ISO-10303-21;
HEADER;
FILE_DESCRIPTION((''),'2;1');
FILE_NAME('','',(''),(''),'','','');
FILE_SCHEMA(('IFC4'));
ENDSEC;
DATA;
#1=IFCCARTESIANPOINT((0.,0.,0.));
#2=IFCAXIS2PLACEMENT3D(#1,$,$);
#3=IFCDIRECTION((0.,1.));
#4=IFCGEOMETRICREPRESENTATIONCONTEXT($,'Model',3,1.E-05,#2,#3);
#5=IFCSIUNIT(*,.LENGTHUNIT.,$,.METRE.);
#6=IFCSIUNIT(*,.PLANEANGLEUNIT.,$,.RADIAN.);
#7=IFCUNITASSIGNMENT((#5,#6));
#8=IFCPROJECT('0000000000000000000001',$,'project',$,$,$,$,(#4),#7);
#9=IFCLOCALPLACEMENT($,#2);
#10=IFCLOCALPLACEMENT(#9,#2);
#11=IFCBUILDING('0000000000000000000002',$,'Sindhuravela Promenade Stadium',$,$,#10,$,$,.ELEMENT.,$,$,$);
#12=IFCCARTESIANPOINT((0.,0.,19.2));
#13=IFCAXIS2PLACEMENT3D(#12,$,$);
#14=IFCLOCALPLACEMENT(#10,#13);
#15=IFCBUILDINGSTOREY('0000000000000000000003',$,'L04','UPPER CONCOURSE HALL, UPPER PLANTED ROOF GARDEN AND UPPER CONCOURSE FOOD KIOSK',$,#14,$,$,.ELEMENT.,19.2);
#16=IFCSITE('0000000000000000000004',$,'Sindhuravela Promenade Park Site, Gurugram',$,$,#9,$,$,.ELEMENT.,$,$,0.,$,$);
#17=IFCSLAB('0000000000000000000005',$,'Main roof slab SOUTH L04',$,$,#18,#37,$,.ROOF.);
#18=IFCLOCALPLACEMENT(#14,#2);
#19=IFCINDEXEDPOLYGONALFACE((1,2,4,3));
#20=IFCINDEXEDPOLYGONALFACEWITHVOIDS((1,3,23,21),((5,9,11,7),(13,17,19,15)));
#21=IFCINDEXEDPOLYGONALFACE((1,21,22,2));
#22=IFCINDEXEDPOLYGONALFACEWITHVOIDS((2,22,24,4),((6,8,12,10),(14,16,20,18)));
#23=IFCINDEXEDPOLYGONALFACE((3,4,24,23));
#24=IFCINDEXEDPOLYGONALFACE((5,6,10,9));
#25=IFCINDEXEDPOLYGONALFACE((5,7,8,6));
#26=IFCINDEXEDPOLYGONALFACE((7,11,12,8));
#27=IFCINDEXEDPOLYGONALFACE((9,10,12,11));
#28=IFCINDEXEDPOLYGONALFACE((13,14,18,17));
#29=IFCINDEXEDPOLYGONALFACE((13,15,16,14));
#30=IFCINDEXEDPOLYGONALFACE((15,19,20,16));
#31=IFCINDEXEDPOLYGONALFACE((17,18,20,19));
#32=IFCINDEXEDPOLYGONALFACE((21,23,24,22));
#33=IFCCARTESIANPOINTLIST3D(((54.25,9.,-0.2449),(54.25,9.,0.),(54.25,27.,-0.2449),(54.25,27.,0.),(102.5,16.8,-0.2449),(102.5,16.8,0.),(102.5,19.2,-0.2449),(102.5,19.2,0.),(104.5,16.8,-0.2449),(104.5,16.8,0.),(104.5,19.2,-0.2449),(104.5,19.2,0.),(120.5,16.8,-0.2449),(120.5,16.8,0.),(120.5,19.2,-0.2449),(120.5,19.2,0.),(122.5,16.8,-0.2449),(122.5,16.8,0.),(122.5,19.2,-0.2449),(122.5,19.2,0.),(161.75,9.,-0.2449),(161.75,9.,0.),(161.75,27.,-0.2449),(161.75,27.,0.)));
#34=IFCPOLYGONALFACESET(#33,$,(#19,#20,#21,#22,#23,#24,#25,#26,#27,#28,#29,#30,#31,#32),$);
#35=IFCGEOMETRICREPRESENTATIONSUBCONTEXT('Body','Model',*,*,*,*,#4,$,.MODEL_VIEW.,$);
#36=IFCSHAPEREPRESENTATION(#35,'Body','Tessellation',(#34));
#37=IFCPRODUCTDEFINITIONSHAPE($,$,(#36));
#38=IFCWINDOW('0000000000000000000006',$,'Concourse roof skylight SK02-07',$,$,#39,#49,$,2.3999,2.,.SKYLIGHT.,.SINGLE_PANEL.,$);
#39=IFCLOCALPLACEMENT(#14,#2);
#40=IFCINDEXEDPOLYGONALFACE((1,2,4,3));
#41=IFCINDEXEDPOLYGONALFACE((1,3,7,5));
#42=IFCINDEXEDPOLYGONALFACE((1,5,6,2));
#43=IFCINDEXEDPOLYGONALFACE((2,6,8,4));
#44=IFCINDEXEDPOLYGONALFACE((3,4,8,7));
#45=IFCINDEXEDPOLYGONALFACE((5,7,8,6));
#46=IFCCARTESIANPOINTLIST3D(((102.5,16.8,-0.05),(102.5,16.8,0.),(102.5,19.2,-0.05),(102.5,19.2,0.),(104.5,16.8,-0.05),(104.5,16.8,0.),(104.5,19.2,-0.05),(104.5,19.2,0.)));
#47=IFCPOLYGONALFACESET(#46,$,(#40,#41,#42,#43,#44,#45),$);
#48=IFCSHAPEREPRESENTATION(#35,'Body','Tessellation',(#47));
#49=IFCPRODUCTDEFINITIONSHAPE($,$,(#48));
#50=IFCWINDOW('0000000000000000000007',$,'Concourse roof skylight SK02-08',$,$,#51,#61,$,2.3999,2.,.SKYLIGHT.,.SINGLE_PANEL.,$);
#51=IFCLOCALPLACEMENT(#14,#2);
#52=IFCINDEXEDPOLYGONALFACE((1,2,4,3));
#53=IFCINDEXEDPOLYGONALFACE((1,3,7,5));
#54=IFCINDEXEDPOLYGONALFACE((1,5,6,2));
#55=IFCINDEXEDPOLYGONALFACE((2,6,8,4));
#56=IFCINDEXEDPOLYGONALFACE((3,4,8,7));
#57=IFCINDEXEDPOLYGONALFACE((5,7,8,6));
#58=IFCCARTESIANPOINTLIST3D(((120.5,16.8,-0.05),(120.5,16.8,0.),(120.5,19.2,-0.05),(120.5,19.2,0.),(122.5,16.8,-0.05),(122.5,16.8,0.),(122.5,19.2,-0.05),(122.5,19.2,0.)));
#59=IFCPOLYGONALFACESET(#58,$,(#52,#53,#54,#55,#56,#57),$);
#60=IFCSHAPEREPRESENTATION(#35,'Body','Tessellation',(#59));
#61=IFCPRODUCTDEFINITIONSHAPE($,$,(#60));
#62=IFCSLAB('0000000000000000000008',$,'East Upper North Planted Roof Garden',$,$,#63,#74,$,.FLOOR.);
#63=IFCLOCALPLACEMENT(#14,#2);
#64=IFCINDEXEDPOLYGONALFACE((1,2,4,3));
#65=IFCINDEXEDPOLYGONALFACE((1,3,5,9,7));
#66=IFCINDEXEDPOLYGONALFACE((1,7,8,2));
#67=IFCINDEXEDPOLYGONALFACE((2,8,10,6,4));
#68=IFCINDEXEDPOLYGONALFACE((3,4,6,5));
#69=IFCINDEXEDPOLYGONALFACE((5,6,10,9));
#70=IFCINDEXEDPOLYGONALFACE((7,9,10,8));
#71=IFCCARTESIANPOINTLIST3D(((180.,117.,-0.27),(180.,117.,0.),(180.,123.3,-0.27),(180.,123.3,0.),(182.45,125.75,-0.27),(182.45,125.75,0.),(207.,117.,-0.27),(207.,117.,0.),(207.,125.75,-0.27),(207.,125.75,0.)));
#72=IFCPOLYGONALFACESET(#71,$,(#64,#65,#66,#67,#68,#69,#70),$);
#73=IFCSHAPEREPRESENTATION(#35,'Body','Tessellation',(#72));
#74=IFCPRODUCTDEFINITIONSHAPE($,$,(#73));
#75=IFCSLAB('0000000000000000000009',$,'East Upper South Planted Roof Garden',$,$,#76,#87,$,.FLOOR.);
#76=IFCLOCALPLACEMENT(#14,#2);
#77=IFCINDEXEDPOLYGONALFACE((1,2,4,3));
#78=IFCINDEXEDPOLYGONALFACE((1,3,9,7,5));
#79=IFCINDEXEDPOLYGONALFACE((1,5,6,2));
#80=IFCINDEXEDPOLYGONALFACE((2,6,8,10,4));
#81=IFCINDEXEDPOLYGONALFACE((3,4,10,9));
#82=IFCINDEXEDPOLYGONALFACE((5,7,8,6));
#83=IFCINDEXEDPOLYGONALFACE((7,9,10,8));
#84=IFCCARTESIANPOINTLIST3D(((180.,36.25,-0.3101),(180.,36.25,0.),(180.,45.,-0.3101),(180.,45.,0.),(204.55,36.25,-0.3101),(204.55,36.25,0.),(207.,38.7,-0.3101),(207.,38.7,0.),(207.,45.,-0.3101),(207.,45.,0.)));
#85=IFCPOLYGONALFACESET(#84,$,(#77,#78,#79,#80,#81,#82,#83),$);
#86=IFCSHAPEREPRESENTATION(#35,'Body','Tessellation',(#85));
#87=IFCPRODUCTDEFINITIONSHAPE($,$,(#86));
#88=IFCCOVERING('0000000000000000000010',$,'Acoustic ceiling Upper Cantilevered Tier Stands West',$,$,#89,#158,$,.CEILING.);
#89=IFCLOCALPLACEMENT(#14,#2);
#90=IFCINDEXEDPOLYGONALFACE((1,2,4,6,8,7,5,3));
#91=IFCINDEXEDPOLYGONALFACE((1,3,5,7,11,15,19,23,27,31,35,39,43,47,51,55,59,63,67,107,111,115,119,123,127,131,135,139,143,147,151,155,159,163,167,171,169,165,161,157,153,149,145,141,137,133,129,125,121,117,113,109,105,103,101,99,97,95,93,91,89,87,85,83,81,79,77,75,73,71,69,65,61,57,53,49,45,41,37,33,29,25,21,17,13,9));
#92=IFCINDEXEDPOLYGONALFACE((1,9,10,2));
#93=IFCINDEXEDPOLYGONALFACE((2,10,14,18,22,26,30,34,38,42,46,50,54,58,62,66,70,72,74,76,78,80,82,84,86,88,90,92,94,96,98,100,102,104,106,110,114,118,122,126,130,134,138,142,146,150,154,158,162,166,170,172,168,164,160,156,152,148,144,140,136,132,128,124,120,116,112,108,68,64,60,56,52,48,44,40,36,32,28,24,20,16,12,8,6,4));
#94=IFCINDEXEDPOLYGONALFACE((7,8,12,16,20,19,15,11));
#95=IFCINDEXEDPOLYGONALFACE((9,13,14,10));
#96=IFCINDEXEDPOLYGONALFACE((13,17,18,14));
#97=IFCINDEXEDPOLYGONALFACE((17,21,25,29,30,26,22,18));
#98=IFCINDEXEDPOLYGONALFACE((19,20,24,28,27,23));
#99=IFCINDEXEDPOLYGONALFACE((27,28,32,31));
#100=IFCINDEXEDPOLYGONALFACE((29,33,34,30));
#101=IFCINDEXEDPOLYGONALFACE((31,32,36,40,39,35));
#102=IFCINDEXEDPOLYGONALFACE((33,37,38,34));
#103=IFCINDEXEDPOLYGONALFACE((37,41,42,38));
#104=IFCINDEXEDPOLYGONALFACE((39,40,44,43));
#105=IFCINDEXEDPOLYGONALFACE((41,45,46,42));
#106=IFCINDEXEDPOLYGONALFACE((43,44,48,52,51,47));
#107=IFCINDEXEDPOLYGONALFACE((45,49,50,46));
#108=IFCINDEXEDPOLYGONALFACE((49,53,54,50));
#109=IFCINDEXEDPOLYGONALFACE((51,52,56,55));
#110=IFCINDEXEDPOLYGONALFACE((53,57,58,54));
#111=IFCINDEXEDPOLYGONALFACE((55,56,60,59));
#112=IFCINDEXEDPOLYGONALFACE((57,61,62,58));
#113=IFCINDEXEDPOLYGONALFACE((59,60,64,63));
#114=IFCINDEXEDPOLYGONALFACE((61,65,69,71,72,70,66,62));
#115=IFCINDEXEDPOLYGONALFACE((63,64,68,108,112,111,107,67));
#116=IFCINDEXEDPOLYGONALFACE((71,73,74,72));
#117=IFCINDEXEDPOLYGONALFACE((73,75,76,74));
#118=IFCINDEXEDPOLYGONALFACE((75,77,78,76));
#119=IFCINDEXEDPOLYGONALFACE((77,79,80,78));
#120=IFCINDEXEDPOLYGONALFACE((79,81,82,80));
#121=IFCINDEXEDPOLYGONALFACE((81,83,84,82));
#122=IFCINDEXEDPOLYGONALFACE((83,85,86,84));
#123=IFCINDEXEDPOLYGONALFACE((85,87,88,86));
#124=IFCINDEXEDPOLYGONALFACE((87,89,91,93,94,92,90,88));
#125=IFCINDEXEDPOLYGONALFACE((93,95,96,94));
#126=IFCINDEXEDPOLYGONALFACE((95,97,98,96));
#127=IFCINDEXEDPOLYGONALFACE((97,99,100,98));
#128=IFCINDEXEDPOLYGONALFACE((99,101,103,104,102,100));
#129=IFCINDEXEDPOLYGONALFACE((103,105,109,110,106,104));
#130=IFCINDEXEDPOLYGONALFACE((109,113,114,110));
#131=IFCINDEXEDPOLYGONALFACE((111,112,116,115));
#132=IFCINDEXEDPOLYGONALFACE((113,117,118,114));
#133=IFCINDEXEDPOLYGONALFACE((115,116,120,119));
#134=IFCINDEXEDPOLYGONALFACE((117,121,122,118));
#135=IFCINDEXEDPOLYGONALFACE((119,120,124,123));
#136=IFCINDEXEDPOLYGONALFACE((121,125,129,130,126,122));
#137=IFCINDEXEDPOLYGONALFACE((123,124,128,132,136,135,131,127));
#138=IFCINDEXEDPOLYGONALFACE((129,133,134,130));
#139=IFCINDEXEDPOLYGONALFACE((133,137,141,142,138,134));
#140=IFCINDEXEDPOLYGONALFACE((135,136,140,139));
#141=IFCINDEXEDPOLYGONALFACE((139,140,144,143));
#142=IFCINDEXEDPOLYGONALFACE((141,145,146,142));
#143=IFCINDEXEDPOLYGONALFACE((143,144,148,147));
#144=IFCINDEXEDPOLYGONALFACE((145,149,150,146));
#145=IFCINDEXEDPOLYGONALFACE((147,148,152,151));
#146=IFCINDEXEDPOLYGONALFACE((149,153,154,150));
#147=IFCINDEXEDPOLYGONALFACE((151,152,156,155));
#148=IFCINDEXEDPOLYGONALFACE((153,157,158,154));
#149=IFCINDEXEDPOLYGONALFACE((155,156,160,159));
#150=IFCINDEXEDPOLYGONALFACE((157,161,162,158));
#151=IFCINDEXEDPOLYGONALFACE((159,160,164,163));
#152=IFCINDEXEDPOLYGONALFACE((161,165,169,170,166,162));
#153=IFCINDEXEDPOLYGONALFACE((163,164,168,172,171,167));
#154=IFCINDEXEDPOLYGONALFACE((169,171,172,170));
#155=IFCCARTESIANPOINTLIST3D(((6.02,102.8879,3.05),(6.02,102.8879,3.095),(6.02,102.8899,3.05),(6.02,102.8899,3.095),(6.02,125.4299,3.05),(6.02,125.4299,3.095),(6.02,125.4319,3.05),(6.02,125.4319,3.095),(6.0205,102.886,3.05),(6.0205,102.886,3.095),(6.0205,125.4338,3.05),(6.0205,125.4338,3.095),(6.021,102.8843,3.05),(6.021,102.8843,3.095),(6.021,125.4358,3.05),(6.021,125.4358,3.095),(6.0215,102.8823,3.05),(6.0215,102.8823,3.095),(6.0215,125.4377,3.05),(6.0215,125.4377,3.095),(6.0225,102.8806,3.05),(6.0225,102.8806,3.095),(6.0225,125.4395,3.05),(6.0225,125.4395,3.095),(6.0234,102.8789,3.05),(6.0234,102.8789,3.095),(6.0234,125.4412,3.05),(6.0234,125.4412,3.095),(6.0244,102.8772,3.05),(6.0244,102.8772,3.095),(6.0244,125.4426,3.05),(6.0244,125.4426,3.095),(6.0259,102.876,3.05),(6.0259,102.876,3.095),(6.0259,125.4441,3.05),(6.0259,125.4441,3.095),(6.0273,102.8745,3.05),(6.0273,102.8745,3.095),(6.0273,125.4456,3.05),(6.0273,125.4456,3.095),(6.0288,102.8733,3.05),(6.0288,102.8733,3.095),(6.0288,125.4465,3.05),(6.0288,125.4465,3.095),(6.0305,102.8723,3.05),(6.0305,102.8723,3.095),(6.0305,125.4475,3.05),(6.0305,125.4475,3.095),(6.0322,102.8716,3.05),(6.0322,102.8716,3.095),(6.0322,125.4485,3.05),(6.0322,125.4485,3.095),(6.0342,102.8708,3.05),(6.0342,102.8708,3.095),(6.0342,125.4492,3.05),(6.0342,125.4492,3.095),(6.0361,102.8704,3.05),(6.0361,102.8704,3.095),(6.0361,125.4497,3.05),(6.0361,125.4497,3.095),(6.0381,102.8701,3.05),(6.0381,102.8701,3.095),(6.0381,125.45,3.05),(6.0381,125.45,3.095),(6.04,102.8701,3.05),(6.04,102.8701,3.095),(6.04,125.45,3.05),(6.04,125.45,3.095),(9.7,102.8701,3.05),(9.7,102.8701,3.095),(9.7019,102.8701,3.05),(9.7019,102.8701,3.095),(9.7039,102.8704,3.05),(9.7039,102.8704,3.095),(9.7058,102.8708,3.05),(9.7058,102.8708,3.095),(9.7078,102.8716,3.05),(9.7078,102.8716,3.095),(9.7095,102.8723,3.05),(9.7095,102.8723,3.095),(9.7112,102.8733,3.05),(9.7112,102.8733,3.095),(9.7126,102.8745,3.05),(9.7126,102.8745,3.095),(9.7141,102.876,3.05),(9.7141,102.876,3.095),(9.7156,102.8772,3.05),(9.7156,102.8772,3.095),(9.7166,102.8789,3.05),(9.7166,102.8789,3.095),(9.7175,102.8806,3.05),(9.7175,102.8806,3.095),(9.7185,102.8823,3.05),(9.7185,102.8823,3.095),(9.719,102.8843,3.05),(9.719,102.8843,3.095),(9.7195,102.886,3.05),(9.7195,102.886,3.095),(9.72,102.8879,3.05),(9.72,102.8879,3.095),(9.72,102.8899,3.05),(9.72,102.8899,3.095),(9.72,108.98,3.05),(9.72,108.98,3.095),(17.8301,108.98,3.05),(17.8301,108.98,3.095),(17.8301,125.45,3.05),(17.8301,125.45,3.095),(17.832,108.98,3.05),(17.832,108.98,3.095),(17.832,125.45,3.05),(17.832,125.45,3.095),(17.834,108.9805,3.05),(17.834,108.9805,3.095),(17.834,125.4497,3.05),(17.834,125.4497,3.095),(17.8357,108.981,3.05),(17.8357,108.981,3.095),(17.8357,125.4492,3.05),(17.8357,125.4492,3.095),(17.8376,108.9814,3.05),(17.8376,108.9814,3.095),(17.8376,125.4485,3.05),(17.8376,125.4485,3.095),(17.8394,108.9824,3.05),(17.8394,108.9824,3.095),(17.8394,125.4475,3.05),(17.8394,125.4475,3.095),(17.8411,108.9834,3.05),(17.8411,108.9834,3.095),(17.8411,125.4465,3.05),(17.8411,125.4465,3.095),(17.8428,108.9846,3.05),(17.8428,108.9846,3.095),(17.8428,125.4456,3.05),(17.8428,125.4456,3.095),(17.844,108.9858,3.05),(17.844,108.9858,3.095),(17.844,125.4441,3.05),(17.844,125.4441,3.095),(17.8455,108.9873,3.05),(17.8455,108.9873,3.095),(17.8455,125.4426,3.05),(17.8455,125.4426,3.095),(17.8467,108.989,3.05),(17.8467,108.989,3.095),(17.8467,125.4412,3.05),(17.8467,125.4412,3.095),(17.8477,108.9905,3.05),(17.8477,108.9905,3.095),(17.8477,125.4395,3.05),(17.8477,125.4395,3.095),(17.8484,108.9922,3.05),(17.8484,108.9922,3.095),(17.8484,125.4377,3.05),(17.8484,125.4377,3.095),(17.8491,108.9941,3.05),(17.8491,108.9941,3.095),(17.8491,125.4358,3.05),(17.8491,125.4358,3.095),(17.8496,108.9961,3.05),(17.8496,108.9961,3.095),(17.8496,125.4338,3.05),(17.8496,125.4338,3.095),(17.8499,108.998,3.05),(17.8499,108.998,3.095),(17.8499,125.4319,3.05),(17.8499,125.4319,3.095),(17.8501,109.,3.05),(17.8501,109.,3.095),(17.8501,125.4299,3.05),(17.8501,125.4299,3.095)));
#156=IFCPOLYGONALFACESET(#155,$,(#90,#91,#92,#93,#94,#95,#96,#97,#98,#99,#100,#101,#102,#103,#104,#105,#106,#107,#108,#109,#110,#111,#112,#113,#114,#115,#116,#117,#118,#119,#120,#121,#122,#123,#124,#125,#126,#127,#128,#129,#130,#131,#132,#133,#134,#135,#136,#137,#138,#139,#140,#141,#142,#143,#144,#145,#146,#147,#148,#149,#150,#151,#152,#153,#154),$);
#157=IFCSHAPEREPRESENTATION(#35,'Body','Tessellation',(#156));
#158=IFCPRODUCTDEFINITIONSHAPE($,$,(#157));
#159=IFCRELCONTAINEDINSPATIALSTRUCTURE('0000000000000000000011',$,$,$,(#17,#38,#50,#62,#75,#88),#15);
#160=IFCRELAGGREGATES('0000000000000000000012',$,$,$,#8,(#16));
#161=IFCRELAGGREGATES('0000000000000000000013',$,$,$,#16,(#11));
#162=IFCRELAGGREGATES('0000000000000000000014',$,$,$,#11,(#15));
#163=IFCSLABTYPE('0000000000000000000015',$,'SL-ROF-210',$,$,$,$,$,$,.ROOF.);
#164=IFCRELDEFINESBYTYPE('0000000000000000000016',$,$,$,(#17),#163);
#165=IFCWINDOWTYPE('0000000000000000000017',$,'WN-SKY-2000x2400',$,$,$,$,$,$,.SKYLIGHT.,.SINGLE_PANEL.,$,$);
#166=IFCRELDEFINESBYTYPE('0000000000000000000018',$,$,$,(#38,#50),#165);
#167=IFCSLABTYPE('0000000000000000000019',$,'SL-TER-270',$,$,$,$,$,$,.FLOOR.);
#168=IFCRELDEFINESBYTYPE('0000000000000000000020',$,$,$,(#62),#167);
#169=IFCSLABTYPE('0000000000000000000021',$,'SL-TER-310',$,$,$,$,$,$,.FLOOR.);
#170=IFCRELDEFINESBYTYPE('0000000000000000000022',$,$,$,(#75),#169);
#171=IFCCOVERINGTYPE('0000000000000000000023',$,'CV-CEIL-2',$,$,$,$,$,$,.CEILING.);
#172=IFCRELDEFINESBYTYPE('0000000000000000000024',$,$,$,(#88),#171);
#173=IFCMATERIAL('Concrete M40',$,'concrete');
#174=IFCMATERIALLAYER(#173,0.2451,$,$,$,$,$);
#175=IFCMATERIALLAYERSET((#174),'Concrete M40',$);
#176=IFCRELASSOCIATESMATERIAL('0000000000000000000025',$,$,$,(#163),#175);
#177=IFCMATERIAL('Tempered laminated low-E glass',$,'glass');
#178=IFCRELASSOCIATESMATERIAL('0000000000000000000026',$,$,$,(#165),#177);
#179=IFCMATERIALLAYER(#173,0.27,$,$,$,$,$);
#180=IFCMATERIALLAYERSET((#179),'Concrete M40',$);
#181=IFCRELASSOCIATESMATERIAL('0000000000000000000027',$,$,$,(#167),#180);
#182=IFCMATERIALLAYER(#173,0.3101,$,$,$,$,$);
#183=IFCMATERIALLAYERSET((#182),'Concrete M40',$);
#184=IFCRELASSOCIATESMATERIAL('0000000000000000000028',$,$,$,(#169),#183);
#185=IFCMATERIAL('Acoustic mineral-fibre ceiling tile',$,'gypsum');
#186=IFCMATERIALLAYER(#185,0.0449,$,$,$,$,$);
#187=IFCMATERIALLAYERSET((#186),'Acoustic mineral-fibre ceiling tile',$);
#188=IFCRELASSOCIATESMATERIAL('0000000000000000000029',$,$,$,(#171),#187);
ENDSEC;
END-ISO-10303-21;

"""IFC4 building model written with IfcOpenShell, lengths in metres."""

from ifc_helpers import new_model, si_unit, direction, frame, origin, origin_2d, place, context, subcontext, project, spatial, polyline, rectangle, outline, extrude, material, layer, layer_set, type_object, element, fill, save


model = new_model("IFC4")

# Units and contexts
model_context = context("Model", 3, precision=1e-05, world=origin(), true_north=direction((0.0, 1.0)))
body_context = subcontext(model_context, "Body", "Model", "MODEL_VIEW")
ifc_project = project(units=[si_unit("LENGTHUNIT", "METRE"), si_unit("PLANEANGLEUNIT", "RADIAN")], contexts=[model_context])

# Site, building, storey
site_placement = place(None, origin())
site = spatial("IfcSite", under=ifc_project, at=site_placement, Name="Sindhuravela Promenade Park Site, Gurugram", CompositionType="ELEMENT", RefElevation=0.0)
building_placement = place(site_placement, origin())
building = spatial("IfcBuilding", under=site, at=building_placement, Name="Sindhuravela Promenade Stadium", CompositionType="ELEMENT")
storey_placement = place(building_placement, frame((0.0, 0.0, 19.2)))
storey = spatial("IfcBuildingStorey", under=building, at=storey_placement, Name="L04", Description="UPPER CONCOURSE HALL, UPPER PLANTED ROOF GARDEN AND UPPER CONCOURSE FOOD KIOSK", CompositionType="ELEMENT", Elevation=19.2)

# Shared definitions
ifc_material_1 = material(Name="Concrete M40", Category="concrete")

# Slab, openings, windows
ifc_layer_1 = layer(ifc_material_1, 0.2451)
ifc_layer_set_1 = layer_set([ifc_layer_1], Name="Concrete M40")
slab_type_1 = type_object("IfcSlabType", Name="SL-ROF-210", PredefinedType="ROOF", material=ifc_layer_set_1)
ifc_material_2 = material(Name="Tempered laminated low-E glass", Category="glass")
window_type = type_object("IfcWindowType", Name="WN-SKY-2000x2400", PartitioningType="SINGLE_PANEL", PredefinedType="SKYLIGHT", material=ifc_material_2)
slab_1_placement = place(storey_placement, frame((0.0, 0.0, -0.2449)))
slab_1 = element("IfcSlab", 1, at=slab_1_placement, inside=storey, type_object=slab_type_1, Name="Main roof slab SOUTH L04", PredefinedType="ROOF", context=body_context, shape_type="SweptSolid", body=[
    extrude(outline(polyline([(161.75, 27.0), (161.75, 9.0), (54.25, 9.0), (54.25, 27.0), (161.75, 27.0)])), origin(), (0.0, 0.0, 1.0), 0.2449),
])
opening_1_placement = place(slab_1_placement, frame((103.5, 18.0, -0.01)))
opening_1 = element("IfcOpeningElement", 2, at=opening_1_placement, cuts=slab_1, PredefinedType="OPENING", context=body_context, shape_type="SweptSolid", body=[
    extrude(rectangle(XDim=2.0, YDim=2.3999, at=origin_2d()), origin(), (0.0, 0.0, 1.0), 0.2649),
])
opening_2_placement = place(slab_1_placement, frame((121.5, 18.0, -0.01)))
opening_2 = element("IfcOpeningElement", 3, at=opening_2_placement, cuts=slab_1, PredefinedType="OPENING", context=body_context, shape_type="SweptSolid", body=[
    extrude(rectangle(XDim=2.0, YDim=2.3999, at=origin_2d()), origin(), (0.0, 0.0, 1.0), 0.2649),
])
window_1_placement = place(slab_1_placement, frame((103.5, 18.0, 0.1948)))
window_1 = element("IfcWindow", 4, at=window_1_placement, inside=storey, type_object=window_type, Name="Concourse roof skylight SK02-07", OverallHeight=2.3999, OverallWidth=2.0, PartitioningType="SINGLE_PANEL", PredefinedType="SKYLIGHT", context=body_context, shape_type="SweptSolid", body=[
    extrude(rectangle(XDim=2.0, YDim=2.3999, at=origin_2d()), origin(), (0.0, 0.0, 1.0), 0.05),
])
fill(opening_1, window_1)
window_2_placement = place(slab_1_placement, frame((121.5, 18.0, 0.1948)))
window_2 = element("IfcWindow", 5, at=window_2_placement, inside=storey, type_object=window_type, Name="Concourse roof skylight SK02-08", OverallHeight=2.3999, OverallWidth=2.0, PartitioningType="SINGLE_PANEL", PredefinedType="SKYLIGHT", context=body_context, shape_type="SweptSolid", body=[
    extrude(rectangle(XDim=2.0, YDim=2.3999, at=origin_2d()), origin(), (0.0, 0.0, 1.0), 0.05),
])
fill(opening_2, window_2)

# Slabs
ifc_layer_2 = layer(ifc_material_1, 0.27)
ifc_layer_set_2 = layer_set([ifc_layer_2], Name="Concrete M40")
slab_type_2 = type_object("IfcSlabType", Name="SL-TER-270", PredefinedType="FLOOR", material=ifc_layer_set_2)
slab_2_placement = place(storey_placement, frame((0.0, 0.0, -0.27)))
element("IfcSlab", 6, at=slab_2_placement, inside=storey, type_object=slab_type_2, Name="East Upper North Planted Roof Garden", PredefinedType="FLOOR", context=body_context, shape_type="SweptSolid", body=[
    extrude(outline(polyline([(180.0, 117.0), (207.0, 117.0), (207.0, 125.75), (182.45, 125.75), (180.0, 123.3), (180.0, 117.0)])), origin(), (0.0, 0.0, 1.0), 0.27),
])
ifc_layer_3 = layer(ifc_material_1, 0.3101)
ifc_layer_set_3 = layer_set([ifc_layer_3], Name="Concrete M40")
slab_type_3 = type_object("IfcSlabType", Name="SL-TER-310", PredefinedType="FLOOR", material=ifc_layer_set_3)
slab_3_placement = place(storey_placement, frame((0.0, 0.0, -0.3101)))
element("IfcSlab", 7, at=slab_3_placement, inside=storey, type_object=slab_type_3, Name="East Upper South Planted Roof Garden", PredefinedType="FLOOR", context=body_context, shape_type="SweptSolid", body=[
    extrude(outline(polyline([(180.0, 36.25), (204.55, 36.25), (207.0, 38.7), (207.0, 45.0), (180.0, 45.0), (180.0, 36.25)])), origin(), (0.0, 0.0, 1.0), 0.3101),
])

# Covering
ifc_material_3 = material(Name="Acoustic mineral-fibre ceiling tile", Category="gypsum")
ifc_layer_4 = layer(ifc_material_3, 0.0449)
ifc_layer_set_4 = layer_set([ifc_layer_4], Name="Acoustic mineral-fibre ceiling tile")
covering_type = type_object("IfcCoveringType", Name="CV-CEIL-2", PredefinedType="CEILING", material=ifc_layer_set_4)
covering_placement = place(storey_placement, frame((0.0, 0.0, 3.05)))
element("IfcCovering", 8, at=covering_placement, inside=storey, type_object=covering_type, Name="Acoustic ceiling Upper Cantilevered Tier Stands West", PredefinedType="CEILING", context=body_context, shape_type="SweptSolid", body=[
    extrude(outline(polyline([(9.72, 108.98), (9.72, 102.8899), (9.72, 102.8879), (9.7195, 102.886), (9.719, 102.8843), (9.7185, 102.8823), (9.7175, 102.8806), (9.7166, 102.8789), (9.7156, 102.8772), (9.7141, 102.876), (9.7126, 102.8745), (9.7112, 102.8733), (9.7095, 102.8723), (9.7078, 102.8716), (9.7058, 102.8708), (9.7039, 102.8704), (9.7019, 102.8701), (9.7, 102.8701), (6.04, 102.8701), (6.0381, 102.8701), (6.0361, 102.8704), (6.0342, 102.8708), (6.0322, 102.8716), (6.0305, 102.8723), (6.0288, 102.8733), (6.0273, 102.8745), (6.0259, 102.876), (6.0244, 102.8772), (6.0234, 102.8789), (6.0225, 102.8806), (6.0215, 102.8823), (6.021, 102.8843), (6.0205, 102.886), (6.02, 102.8879), (6.02, 102.8899), (6.02, 125.4299), (6.02, 125.4319), (6.0205, 125.4338), (6.021, 125.4358), (6.0215, 125.4377), (6.0225, 125.4395), (6.0234, 125.4412), (6.0244, 125.4426), (6.0259, 125.4441), (6.0273, 125.4456), (6.0288, 125.4465), (6.0305, 125.4475), (6.0322, 125.4485), (6.0342, 125.4492), (6.0361, 125.4497), (6.0381, 125.45), (6.04, 125.45), (17.8301, 125.45), (17.832, 125.45), (17.834, 125.4497), (17.8357, 125.4492), (17.8376, 125.4485), (17.8394, 125.4475), (17.8411, 125.4465), (17.8428, 125.4456), (17.844, 125.4441), (17.8455, 125.4426), (17.8467, 125.4412), (17.8477, 125.4395), (17.8484, 125.4377), (17.8491, 125.4358), (17.8496, 125.4338), (17.8499, 125.4319), (17.8501, 125.4299), (17.8501, 109.0), (17.8499, 108.998), (17.8496, 108.9961), (17.8491, 108.9941), (17.8484, 108.9922), (17.8477, 108.9905), (17.8467, 108.989), (17.8455, 108.9873), (17.844, 108.9858), (17.8428, 108.9846), (17.8411, 108.9834), (17.8394, 108.9824), (17.8376, 108.9814), (17.8357, 108.981), (17.834, 108.9805), (17.832, 108.98), (17.8301, 108.98), (9.72, 108.98)])), origin(), (0.0, 0.0, 1.0), 0.0449),
])

save(model, "model.ifc")
